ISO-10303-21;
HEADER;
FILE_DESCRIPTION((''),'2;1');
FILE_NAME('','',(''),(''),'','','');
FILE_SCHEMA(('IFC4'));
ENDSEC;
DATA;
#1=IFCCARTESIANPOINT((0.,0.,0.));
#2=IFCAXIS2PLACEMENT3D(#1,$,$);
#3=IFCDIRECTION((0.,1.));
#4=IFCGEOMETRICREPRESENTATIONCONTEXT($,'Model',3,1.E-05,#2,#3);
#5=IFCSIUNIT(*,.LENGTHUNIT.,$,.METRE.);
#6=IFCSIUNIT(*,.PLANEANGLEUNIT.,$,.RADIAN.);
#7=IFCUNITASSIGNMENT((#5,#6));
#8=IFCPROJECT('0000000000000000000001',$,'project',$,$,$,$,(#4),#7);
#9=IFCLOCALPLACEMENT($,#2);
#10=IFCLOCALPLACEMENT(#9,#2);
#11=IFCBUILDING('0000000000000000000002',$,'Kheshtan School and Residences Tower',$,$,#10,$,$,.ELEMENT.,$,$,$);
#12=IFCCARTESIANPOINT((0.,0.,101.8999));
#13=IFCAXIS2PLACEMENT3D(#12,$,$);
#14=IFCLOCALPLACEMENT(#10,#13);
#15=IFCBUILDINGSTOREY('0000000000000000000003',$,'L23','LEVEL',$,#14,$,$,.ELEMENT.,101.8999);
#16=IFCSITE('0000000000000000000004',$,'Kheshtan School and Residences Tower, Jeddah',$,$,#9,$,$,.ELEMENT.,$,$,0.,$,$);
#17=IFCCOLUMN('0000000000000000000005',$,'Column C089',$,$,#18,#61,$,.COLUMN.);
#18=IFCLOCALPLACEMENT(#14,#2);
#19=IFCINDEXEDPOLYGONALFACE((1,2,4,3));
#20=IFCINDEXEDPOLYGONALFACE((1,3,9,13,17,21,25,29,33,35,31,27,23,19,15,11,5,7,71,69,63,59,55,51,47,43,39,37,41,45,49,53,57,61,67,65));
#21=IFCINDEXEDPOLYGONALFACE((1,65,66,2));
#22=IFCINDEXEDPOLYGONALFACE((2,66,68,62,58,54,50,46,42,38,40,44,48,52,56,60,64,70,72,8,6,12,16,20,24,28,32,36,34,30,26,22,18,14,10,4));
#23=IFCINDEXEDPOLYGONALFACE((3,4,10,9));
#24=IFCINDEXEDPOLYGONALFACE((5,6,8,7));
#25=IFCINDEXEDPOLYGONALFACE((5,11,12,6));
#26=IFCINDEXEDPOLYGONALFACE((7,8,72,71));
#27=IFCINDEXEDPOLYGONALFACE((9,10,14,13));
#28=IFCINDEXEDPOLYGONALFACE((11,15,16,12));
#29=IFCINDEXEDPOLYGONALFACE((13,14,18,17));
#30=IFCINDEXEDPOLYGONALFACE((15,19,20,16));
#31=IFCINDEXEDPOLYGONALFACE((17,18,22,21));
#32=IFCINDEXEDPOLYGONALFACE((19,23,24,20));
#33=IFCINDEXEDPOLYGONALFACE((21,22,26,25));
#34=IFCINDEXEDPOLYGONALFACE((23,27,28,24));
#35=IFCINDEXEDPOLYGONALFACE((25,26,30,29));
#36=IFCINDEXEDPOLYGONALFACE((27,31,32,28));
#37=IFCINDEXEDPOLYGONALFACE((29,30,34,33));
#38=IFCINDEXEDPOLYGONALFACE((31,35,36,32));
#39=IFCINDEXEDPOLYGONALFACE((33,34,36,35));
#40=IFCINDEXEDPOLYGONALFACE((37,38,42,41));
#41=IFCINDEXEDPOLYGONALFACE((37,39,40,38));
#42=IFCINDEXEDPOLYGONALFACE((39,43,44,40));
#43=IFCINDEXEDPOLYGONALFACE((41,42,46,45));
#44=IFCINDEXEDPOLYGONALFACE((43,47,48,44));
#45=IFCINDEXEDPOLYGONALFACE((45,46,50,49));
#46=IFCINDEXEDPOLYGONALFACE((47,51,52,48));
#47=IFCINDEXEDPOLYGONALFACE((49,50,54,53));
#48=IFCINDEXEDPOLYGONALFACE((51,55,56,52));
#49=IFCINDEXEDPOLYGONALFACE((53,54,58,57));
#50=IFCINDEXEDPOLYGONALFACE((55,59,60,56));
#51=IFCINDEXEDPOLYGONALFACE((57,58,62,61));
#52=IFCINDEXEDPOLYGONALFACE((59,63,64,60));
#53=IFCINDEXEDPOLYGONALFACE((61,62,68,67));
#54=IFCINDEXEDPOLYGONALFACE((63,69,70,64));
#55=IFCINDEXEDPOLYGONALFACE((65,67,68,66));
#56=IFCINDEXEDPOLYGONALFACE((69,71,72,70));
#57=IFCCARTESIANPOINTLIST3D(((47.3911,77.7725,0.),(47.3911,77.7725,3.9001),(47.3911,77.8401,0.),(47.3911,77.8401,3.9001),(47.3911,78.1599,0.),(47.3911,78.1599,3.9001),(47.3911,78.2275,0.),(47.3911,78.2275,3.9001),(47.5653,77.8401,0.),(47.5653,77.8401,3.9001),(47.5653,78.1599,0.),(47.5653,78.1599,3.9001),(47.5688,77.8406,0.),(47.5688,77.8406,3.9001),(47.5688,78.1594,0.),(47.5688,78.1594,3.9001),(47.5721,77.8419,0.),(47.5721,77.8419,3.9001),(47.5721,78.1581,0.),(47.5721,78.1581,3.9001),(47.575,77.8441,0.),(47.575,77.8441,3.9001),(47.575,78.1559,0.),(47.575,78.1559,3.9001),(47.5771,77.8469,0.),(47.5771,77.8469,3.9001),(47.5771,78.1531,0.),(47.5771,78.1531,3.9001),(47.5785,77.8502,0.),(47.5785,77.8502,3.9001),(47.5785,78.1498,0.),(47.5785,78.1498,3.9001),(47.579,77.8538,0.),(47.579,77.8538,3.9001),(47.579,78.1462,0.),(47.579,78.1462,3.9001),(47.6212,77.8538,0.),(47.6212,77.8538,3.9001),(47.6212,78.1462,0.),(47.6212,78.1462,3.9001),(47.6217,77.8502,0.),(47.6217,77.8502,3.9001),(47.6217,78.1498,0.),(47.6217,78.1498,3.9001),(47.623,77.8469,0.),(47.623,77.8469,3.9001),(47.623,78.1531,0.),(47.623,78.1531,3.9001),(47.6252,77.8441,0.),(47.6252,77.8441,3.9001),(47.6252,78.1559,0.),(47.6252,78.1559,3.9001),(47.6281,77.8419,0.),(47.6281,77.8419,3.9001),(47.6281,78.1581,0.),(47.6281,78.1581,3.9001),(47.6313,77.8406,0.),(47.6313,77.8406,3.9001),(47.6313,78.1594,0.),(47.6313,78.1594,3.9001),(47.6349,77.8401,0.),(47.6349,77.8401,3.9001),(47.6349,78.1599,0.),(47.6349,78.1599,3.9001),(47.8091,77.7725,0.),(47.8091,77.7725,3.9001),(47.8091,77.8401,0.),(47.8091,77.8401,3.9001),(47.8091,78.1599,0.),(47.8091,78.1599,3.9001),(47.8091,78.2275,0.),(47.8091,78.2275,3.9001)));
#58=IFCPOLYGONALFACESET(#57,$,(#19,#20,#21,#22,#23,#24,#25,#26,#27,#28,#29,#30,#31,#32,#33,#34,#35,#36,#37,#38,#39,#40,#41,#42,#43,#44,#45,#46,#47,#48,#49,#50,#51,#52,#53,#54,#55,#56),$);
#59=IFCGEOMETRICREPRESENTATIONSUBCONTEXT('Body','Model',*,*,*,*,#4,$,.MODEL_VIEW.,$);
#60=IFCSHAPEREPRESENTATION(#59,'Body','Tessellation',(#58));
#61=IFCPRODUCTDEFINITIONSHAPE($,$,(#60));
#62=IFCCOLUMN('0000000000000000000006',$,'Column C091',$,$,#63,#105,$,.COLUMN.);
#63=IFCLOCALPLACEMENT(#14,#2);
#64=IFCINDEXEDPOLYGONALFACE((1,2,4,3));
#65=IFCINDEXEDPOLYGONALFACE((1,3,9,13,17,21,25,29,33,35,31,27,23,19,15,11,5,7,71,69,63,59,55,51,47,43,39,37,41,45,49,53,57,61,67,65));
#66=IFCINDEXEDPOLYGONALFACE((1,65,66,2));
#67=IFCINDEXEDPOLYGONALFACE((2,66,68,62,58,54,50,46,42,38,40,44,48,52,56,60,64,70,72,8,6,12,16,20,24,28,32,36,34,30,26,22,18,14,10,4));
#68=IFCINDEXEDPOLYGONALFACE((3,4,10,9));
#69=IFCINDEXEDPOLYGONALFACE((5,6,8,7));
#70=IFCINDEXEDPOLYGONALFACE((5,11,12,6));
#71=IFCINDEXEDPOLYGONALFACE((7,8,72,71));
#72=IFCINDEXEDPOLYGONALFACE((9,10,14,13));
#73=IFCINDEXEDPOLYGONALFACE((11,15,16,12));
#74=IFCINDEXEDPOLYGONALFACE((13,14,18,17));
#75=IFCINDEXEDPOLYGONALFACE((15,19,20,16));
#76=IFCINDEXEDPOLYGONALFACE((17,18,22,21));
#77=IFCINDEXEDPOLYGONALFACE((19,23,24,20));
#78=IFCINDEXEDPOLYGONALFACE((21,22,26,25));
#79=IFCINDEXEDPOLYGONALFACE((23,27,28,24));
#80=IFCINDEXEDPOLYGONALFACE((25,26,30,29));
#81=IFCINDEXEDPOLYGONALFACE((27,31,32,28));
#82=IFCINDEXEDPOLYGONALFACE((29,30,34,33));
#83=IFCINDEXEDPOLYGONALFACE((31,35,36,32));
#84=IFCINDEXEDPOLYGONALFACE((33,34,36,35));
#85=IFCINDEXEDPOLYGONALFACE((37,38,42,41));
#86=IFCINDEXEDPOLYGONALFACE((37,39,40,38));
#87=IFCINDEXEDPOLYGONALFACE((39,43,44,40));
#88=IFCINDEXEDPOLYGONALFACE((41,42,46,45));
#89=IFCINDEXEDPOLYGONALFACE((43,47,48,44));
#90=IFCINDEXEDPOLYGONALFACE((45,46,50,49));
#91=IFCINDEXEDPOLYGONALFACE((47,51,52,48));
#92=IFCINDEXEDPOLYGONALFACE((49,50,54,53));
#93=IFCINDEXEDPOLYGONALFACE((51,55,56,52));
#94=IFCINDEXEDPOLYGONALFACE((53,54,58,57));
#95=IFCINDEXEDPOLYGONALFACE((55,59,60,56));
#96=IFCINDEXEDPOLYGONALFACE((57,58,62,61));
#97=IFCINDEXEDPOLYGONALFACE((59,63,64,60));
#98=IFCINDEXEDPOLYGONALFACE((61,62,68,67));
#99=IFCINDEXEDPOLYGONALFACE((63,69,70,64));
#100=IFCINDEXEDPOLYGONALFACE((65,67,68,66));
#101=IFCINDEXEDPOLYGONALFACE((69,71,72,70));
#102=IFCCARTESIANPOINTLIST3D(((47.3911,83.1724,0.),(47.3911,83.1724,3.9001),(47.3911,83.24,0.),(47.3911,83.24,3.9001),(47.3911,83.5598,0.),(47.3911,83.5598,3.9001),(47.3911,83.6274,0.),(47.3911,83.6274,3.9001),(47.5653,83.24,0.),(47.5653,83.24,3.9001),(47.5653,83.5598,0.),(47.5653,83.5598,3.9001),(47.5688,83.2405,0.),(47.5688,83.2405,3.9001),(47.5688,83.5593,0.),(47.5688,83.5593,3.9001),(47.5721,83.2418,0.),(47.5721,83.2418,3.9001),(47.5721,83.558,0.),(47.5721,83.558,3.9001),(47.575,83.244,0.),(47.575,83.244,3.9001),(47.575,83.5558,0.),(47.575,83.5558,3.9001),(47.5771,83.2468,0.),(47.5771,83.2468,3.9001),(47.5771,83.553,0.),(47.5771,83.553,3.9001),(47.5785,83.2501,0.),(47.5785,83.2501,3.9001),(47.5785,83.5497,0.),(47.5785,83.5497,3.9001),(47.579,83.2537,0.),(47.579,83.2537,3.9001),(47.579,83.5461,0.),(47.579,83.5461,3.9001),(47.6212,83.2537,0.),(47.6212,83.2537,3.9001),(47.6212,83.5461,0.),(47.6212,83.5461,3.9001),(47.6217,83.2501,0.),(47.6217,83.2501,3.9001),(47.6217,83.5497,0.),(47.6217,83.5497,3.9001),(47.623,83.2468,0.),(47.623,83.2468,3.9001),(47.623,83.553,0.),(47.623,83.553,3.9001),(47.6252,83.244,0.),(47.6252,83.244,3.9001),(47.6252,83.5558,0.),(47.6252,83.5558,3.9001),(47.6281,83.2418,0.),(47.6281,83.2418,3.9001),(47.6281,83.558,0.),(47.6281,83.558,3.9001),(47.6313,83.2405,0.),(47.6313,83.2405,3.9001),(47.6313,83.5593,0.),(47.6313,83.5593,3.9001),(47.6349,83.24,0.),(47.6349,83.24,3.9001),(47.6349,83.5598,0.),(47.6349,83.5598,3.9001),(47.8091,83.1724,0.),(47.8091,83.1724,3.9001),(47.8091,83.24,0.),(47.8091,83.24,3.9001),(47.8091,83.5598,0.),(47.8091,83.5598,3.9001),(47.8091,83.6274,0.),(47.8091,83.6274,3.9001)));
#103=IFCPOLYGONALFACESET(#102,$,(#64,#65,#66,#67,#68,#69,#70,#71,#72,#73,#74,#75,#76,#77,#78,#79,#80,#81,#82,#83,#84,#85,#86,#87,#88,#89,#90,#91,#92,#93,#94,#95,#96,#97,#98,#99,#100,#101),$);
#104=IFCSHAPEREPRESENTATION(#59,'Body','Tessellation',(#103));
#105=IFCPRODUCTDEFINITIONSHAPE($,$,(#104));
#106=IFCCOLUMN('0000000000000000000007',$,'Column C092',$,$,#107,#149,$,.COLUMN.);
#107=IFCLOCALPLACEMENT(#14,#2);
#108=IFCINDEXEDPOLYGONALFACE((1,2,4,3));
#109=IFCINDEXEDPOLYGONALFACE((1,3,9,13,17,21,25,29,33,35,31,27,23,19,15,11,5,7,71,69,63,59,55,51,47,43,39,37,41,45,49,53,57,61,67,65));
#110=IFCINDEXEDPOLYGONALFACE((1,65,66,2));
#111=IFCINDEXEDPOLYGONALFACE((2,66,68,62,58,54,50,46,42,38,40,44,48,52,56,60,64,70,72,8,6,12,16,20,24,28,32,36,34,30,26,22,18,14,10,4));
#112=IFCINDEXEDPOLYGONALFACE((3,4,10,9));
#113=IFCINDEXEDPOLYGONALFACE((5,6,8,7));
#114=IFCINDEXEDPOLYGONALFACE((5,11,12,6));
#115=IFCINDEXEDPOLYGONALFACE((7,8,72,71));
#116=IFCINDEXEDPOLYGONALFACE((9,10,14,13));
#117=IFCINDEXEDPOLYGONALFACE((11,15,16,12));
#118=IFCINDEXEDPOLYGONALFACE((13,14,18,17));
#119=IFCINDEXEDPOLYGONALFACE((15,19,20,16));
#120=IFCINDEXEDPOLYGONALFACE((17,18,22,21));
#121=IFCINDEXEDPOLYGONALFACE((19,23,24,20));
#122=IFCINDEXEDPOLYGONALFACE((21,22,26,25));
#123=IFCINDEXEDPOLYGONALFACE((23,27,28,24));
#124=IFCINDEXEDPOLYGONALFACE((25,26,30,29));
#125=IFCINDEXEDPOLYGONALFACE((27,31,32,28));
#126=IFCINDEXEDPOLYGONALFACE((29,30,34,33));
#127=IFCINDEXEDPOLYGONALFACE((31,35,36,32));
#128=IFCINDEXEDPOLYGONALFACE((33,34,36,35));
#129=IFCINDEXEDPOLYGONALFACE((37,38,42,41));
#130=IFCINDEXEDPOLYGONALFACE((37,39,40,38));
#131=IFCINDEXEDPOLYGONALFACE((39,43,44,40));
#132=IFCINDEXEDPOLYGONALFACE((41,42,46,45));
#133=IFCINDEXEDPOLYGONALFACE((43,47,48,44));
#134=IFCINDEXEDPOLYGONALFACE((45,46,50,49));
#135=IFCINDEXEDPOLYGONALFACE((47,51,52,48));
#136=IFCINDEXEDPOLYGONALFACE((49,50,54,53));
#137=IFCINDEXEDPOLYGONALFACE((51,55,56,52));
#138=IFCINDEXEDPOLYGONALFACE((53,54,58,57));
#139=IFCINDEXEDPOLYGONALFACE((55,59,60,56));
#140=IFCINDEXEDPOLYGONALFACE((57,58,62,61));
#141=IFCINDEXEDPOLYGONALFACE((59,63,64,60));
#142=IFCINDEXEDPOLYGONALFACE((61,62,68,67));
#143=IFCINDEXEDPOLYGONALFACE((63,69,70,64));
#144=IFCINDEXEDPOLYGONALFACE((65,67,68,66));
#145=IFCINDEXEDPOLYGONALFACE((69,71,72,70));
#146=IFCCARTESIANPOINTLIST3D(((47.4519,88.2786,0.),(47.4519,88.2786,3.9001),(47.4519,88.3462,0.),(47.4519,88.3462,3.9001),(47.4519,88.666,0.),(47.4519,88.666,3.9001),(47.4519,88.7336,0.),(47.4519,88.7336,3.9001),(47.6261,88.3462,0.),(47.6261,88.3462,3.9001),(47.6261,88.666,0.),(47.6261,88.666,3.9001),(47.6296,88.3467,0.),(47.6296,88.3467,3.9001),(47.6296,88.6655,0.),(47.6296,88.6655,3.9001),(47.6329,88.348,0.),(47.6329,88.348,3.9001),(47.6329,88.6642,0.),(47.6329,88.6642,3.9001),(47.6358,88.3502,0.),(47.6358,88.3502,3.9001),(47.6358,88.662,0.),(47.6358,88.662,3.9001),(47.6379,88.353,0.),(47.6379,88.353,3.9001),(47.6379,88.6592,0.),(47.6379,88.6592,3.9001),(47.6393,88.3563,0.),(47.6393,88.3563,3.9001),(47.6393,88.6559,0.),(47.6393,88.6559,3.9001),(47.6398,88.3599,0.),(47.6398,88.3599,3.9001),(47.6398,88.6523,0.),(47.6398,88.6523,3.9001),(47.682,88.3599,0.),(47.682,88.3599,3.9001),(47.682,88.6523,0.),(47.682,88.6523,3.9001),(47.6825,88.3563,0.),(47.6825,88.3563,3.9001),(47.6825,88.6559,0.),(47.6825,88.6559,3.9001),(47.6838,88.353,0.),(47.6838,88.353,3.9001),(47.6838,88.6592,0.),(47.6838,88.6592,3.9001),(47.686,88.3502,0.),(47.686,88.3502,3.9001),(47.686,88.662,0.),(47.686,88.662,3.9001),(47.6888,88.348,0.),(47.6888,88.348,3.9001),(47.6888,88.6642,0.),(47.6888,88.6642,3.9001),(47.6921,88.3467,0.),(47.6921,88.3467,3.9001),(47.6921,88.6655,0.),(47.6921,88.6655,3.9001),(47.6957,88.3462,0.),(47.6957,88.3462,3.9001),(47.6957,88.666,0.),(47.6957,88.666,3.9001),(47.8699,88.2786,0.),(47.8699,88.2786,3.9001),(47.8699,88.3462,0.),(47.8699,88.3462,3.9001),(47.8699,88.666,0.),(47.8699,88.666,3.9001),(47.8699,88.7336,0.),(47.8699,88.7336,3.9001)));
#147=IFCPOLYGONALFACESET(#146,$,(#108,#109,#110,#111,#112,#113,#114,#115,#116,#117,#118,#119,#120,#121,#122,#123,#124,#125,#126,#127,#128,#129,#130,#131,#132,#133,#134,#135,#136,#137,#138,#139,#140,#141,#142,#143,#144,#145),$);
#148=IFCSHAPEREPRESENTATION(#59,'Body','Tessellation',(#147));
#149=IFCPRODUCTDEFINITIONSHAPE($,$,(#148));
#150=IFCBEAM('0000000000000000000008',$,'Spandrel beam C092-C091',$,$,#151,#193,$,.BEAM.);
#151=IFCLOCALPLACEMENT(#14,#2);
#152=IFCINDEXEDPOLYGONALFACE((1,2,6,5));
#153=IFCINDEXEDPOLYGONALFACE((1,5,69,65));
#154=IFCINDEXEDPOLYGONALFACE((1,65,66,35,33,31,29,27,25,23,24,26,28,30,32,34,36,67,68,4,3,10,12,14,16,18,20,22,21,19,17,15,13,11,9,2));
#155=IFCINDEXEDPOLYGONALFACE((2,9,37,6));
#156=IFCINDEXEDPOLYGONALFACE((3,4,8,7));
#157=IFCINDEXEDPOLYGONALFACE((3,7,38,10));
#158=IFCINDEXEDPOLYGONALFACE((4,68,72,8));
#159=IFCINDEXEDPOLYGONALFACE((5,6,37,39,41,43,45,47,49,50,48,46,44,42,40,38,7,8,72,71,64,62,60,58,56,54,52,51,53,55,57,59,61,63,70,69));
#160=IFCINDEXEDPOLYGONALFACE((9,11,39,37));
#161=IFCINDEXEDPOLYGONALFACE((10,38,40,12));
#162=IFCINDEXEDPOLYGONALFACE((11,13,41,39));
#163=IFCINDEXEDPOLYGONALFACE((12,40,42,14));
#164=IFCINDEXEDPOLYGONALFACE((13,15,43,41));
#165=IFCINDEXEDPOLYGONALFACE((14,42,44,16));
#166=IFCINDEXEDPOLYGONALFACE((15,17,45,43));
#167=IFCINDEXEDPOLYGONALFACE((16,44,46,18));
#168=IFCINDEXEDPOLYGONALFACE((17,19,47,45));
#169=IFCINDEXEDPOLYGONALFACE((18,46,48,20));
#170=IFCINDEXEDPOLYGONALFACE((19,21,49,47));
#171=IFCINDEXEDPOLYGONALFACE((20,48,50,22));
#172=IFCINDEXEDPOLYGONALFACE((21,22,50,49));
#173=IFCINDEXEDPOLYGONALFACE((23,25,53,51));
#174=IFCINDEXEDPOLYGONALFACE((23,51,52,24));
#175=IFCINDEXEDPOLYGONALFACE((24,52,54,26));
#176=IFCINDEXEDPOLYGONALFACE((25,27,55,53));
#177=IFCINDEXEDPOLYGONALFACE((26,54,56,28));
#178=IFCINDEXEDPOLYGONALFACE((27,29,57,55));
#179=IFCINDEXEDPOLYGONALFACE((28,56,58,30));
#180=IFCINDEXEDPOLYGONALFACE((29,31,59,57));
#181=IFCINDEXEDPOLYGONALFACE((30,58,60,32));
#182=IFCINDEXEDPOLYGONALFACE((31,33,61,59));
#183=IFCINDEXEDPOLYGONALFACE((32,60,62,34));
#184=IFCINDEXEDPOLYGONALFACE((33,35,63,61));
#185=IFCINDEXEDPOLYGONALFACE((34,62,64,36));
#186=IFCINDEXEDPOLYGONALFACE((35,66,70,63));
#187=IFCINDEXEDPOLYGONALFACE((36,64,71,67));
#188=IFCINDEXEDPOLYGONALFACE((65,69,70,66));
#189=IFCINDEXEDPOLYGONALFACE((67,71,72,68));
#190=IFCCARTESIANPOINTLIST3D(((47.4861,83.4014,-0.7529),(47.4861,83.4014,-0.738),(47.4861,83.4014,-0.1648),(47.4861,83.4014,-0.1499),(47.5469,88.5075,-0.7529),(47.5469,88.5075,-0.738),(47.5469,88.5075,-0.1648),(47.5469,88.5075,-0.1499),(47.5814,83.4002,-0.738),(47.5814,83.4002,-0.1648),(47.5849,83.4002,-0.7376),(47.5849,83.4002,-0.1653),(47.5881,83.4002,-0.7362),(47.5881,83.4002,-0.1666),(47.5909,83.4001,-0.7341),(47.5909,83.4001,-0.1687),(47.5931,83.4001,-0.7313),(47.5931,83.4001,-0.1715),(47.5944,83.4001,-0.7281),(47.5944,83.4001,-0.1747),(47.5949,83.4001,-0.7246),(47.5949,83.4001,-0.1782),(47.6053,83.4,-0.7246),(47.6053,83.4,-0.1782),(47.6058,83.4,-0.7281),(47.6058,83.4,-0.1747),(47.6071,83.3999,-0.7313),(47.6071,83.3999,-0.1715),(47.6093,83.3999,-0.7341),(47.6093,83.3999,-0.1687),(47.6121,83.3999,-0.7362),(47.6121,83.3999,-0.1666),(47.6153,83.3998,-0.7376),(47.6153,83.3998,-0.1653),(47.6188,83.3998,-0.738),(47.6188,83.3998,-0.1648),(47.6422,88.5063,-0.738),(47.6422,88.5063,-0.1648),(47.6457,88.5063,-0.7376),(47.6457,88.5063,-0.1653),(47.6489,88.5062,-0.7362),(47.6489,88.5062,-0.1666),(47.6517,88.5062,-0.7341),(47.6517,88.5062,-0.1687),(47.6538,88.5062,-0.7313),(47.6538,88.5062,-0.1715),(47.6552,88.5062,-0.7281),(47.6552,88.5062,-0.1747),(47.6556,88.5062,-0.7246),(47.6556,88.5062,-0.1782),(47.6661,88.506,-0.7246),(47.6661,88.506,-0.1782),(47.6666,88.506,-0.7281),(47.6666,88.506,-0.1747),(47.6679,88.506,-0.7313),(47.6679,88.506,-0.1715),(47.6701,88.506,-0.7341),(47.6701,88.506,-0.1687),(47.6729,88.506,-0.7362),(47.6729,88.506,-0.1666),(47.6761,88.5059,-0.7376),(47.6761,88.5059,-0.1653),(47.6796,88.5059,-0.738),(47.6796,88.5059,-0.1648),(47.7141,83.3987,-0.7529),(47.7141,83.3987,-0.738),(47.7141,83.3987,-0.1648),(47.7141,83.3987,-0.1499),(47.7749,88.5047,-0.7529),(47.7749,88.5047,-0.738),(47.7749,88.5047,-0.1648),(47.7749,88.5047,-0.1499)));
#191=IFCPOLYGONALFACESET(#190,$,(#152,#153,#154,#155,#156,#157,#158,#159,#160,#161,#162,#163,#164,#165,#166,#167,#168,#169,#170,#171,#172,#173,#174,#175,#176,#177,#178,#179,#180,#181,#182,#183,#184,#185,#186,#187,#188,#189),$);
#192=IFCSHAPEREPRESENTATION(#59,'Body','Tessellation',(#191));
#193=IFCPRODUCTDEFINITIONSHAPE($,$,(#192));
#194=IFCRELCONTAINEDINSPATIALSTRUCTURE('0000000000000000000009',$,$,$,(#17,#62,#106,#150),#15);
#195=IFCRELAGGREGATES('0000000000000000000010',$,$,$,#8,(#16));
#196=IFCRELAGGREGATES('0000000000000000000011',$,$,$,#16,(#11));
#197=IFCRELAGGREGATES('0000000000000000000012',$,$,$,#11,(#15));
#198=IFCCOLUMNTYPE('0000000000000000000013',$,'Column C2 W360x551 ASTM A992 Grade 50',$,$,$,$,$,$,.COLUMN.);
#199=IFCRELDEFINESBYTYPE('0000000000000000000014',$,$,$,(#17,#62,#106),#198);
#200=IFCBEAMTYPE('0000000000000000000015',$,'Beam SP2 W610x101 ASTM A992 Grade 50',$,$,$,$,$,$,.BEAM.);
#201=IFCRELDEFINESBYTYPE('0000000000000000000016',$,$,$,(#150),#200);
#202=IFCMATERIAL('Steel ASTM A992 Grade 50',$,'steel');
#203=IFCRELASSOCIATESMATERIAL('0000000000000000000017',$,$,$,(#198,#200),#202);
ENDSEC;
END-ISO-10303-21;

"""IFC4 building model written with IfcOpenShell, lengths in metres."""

from ifc_helpers import new_model, si_unit, direction, frame, origin, origin_2d, place, context, subcontext, project, spatial, i_section, extrude, material, material_profile, profile_set, type_object, element, save


model = new_model("IFC4")

# Units and contexts
model_context = context("Model", 3, precision=1e-05, world=origin(), true_north=direction((0.0, 1.0)))
body_context = subcontext(model_context, "Body", "Model", "MODEL_VIEW")
ifc_project = project(units=[si_unit("LENGTHUNIT", "METRE"), si_unit("PLANEANGLEUNIT", "RADIAN")], contexts=[model_context])

# Site, building, storey
site_placement = place(None, origin())
site = spatial("IfcSite", under=ifc_project, at=site_placement, Name="Kheshtan School and Residences Tower, Jeddah", CompositionType="ELEMENT", RefElevation=0.0)
building_placement = place(site_placement, origin())
building = spatial("IfcBuilding", under=site, at=building_placement, Name="Kheshtan School and Residences Tower", CompositionType="ELEMENT")
storey_placement = place(building_placement, frame((0.0, 0.0, 101.8999)))
storey = spatial("IfcBuildingStorey", under=building, at=storey_placement, Name="L23", Description="LEVEL", CompositionType="ELEMENT", Elevation=101.8999)

# Columns
ifc_material_1 = material(Name="Steel ASTM A992 Grade 50", Category="steel")
ifc_material_profile_1 = material_profile(ifc_material_1, i_section(OverallWidth=0.418, OverallDepth=0.4551, WebThickness=0.0422, FlangeThickness=0.0676, FilletRadius=0.0137, at=origin_2d()), Name="W360x551")
ifc_profile_set_1 = profile_set([ifc_material_profile_1], Name="Steel ASTM A992 Grade 50")
column_type = type_object("IfcColumnType", Name="Column C2 W360x551 ASTM A992 Grade 50", PredefinedType="COLUMN", material=ifc_profile_set_1)
for number, where, z_axis, x_axis, name in (
    (1, (47.6001, 78.0, 0.0), (0.0, 0.0, 1.0), (1.0, 0.0, 0.0), "Column C089"),
    (2, (47.6001, 83.3999, 0.0), (0.0, 0.0, 1.0), (1.0, 0.0, 0.0), "Column C091"),
    (3, (47.6609, 88.5061, 0.0), (0.0, 0.0, 1.0), (1.0, 0.0, 0.0), "Column C092"),
):
    element("IfcColumn", number, at=place(storey_placement, frame(where, z_axis=z_axis, x_axis=x_axis)), inside=storey, type_object=column_type, Name=name, PredefinedType="COLUMN", context=body_context, shape_type="SweptSolid", body=[
        extrude(i_section(OverallWidth=0.418, OverallDepth=0.4551, WebThickness=0.0422, FlangeThickness=0.0676, FilletRadius=0.0137, at=origin_2d()), origin(), (0.0, 0.0, 1.0), 3.9001),
    ])

# Beam
ifc_material_profile_2 = material_profile(ifc_material_1, i_section(OverallWidth=0.228, OverallDepth=0.603, WebThickness=0.0105, FlangeThickness=0.0149, FilletRadius=0.0134, at=origin_2d()), Name="W610x101")
ifc_profile_set_2 = profile_set([ifc_material_profile_2], Name="Steel ASTM A992 Grade 50")
beam_type = type_object("IfcBeamType", Name="Beam SP2 W610x101 ASTM A992 Grade 50", PredefinedType="BEAM", material=ifc_profile_set_2)
beam_placement = place(storey_placement, frame((47.6609, 88.5061, -0.4514), z_axis=(-0.011904, -0.999929, 0.0), x_axis=(0.999929, -0.011904, 0.0)))
element("IfcBeam", 4, at=beam_placement, inside=storey, type_object=beam_type, Name="Spandrel beam C092-C091", PredefinedType="BEAM", context=body_context, shape_type="SweptSolid", body=[
    extrude(i_section(OverallWidth=0.228, OverallDepth=0.603, WebThickness=0.0105, FlangeThickness=0.0149, FilletRadius=0.0134, at=origin_2d()), origin(), (0.0, 0.0, 1.0), 5.1064),
])

save(model, "model.ifc")
